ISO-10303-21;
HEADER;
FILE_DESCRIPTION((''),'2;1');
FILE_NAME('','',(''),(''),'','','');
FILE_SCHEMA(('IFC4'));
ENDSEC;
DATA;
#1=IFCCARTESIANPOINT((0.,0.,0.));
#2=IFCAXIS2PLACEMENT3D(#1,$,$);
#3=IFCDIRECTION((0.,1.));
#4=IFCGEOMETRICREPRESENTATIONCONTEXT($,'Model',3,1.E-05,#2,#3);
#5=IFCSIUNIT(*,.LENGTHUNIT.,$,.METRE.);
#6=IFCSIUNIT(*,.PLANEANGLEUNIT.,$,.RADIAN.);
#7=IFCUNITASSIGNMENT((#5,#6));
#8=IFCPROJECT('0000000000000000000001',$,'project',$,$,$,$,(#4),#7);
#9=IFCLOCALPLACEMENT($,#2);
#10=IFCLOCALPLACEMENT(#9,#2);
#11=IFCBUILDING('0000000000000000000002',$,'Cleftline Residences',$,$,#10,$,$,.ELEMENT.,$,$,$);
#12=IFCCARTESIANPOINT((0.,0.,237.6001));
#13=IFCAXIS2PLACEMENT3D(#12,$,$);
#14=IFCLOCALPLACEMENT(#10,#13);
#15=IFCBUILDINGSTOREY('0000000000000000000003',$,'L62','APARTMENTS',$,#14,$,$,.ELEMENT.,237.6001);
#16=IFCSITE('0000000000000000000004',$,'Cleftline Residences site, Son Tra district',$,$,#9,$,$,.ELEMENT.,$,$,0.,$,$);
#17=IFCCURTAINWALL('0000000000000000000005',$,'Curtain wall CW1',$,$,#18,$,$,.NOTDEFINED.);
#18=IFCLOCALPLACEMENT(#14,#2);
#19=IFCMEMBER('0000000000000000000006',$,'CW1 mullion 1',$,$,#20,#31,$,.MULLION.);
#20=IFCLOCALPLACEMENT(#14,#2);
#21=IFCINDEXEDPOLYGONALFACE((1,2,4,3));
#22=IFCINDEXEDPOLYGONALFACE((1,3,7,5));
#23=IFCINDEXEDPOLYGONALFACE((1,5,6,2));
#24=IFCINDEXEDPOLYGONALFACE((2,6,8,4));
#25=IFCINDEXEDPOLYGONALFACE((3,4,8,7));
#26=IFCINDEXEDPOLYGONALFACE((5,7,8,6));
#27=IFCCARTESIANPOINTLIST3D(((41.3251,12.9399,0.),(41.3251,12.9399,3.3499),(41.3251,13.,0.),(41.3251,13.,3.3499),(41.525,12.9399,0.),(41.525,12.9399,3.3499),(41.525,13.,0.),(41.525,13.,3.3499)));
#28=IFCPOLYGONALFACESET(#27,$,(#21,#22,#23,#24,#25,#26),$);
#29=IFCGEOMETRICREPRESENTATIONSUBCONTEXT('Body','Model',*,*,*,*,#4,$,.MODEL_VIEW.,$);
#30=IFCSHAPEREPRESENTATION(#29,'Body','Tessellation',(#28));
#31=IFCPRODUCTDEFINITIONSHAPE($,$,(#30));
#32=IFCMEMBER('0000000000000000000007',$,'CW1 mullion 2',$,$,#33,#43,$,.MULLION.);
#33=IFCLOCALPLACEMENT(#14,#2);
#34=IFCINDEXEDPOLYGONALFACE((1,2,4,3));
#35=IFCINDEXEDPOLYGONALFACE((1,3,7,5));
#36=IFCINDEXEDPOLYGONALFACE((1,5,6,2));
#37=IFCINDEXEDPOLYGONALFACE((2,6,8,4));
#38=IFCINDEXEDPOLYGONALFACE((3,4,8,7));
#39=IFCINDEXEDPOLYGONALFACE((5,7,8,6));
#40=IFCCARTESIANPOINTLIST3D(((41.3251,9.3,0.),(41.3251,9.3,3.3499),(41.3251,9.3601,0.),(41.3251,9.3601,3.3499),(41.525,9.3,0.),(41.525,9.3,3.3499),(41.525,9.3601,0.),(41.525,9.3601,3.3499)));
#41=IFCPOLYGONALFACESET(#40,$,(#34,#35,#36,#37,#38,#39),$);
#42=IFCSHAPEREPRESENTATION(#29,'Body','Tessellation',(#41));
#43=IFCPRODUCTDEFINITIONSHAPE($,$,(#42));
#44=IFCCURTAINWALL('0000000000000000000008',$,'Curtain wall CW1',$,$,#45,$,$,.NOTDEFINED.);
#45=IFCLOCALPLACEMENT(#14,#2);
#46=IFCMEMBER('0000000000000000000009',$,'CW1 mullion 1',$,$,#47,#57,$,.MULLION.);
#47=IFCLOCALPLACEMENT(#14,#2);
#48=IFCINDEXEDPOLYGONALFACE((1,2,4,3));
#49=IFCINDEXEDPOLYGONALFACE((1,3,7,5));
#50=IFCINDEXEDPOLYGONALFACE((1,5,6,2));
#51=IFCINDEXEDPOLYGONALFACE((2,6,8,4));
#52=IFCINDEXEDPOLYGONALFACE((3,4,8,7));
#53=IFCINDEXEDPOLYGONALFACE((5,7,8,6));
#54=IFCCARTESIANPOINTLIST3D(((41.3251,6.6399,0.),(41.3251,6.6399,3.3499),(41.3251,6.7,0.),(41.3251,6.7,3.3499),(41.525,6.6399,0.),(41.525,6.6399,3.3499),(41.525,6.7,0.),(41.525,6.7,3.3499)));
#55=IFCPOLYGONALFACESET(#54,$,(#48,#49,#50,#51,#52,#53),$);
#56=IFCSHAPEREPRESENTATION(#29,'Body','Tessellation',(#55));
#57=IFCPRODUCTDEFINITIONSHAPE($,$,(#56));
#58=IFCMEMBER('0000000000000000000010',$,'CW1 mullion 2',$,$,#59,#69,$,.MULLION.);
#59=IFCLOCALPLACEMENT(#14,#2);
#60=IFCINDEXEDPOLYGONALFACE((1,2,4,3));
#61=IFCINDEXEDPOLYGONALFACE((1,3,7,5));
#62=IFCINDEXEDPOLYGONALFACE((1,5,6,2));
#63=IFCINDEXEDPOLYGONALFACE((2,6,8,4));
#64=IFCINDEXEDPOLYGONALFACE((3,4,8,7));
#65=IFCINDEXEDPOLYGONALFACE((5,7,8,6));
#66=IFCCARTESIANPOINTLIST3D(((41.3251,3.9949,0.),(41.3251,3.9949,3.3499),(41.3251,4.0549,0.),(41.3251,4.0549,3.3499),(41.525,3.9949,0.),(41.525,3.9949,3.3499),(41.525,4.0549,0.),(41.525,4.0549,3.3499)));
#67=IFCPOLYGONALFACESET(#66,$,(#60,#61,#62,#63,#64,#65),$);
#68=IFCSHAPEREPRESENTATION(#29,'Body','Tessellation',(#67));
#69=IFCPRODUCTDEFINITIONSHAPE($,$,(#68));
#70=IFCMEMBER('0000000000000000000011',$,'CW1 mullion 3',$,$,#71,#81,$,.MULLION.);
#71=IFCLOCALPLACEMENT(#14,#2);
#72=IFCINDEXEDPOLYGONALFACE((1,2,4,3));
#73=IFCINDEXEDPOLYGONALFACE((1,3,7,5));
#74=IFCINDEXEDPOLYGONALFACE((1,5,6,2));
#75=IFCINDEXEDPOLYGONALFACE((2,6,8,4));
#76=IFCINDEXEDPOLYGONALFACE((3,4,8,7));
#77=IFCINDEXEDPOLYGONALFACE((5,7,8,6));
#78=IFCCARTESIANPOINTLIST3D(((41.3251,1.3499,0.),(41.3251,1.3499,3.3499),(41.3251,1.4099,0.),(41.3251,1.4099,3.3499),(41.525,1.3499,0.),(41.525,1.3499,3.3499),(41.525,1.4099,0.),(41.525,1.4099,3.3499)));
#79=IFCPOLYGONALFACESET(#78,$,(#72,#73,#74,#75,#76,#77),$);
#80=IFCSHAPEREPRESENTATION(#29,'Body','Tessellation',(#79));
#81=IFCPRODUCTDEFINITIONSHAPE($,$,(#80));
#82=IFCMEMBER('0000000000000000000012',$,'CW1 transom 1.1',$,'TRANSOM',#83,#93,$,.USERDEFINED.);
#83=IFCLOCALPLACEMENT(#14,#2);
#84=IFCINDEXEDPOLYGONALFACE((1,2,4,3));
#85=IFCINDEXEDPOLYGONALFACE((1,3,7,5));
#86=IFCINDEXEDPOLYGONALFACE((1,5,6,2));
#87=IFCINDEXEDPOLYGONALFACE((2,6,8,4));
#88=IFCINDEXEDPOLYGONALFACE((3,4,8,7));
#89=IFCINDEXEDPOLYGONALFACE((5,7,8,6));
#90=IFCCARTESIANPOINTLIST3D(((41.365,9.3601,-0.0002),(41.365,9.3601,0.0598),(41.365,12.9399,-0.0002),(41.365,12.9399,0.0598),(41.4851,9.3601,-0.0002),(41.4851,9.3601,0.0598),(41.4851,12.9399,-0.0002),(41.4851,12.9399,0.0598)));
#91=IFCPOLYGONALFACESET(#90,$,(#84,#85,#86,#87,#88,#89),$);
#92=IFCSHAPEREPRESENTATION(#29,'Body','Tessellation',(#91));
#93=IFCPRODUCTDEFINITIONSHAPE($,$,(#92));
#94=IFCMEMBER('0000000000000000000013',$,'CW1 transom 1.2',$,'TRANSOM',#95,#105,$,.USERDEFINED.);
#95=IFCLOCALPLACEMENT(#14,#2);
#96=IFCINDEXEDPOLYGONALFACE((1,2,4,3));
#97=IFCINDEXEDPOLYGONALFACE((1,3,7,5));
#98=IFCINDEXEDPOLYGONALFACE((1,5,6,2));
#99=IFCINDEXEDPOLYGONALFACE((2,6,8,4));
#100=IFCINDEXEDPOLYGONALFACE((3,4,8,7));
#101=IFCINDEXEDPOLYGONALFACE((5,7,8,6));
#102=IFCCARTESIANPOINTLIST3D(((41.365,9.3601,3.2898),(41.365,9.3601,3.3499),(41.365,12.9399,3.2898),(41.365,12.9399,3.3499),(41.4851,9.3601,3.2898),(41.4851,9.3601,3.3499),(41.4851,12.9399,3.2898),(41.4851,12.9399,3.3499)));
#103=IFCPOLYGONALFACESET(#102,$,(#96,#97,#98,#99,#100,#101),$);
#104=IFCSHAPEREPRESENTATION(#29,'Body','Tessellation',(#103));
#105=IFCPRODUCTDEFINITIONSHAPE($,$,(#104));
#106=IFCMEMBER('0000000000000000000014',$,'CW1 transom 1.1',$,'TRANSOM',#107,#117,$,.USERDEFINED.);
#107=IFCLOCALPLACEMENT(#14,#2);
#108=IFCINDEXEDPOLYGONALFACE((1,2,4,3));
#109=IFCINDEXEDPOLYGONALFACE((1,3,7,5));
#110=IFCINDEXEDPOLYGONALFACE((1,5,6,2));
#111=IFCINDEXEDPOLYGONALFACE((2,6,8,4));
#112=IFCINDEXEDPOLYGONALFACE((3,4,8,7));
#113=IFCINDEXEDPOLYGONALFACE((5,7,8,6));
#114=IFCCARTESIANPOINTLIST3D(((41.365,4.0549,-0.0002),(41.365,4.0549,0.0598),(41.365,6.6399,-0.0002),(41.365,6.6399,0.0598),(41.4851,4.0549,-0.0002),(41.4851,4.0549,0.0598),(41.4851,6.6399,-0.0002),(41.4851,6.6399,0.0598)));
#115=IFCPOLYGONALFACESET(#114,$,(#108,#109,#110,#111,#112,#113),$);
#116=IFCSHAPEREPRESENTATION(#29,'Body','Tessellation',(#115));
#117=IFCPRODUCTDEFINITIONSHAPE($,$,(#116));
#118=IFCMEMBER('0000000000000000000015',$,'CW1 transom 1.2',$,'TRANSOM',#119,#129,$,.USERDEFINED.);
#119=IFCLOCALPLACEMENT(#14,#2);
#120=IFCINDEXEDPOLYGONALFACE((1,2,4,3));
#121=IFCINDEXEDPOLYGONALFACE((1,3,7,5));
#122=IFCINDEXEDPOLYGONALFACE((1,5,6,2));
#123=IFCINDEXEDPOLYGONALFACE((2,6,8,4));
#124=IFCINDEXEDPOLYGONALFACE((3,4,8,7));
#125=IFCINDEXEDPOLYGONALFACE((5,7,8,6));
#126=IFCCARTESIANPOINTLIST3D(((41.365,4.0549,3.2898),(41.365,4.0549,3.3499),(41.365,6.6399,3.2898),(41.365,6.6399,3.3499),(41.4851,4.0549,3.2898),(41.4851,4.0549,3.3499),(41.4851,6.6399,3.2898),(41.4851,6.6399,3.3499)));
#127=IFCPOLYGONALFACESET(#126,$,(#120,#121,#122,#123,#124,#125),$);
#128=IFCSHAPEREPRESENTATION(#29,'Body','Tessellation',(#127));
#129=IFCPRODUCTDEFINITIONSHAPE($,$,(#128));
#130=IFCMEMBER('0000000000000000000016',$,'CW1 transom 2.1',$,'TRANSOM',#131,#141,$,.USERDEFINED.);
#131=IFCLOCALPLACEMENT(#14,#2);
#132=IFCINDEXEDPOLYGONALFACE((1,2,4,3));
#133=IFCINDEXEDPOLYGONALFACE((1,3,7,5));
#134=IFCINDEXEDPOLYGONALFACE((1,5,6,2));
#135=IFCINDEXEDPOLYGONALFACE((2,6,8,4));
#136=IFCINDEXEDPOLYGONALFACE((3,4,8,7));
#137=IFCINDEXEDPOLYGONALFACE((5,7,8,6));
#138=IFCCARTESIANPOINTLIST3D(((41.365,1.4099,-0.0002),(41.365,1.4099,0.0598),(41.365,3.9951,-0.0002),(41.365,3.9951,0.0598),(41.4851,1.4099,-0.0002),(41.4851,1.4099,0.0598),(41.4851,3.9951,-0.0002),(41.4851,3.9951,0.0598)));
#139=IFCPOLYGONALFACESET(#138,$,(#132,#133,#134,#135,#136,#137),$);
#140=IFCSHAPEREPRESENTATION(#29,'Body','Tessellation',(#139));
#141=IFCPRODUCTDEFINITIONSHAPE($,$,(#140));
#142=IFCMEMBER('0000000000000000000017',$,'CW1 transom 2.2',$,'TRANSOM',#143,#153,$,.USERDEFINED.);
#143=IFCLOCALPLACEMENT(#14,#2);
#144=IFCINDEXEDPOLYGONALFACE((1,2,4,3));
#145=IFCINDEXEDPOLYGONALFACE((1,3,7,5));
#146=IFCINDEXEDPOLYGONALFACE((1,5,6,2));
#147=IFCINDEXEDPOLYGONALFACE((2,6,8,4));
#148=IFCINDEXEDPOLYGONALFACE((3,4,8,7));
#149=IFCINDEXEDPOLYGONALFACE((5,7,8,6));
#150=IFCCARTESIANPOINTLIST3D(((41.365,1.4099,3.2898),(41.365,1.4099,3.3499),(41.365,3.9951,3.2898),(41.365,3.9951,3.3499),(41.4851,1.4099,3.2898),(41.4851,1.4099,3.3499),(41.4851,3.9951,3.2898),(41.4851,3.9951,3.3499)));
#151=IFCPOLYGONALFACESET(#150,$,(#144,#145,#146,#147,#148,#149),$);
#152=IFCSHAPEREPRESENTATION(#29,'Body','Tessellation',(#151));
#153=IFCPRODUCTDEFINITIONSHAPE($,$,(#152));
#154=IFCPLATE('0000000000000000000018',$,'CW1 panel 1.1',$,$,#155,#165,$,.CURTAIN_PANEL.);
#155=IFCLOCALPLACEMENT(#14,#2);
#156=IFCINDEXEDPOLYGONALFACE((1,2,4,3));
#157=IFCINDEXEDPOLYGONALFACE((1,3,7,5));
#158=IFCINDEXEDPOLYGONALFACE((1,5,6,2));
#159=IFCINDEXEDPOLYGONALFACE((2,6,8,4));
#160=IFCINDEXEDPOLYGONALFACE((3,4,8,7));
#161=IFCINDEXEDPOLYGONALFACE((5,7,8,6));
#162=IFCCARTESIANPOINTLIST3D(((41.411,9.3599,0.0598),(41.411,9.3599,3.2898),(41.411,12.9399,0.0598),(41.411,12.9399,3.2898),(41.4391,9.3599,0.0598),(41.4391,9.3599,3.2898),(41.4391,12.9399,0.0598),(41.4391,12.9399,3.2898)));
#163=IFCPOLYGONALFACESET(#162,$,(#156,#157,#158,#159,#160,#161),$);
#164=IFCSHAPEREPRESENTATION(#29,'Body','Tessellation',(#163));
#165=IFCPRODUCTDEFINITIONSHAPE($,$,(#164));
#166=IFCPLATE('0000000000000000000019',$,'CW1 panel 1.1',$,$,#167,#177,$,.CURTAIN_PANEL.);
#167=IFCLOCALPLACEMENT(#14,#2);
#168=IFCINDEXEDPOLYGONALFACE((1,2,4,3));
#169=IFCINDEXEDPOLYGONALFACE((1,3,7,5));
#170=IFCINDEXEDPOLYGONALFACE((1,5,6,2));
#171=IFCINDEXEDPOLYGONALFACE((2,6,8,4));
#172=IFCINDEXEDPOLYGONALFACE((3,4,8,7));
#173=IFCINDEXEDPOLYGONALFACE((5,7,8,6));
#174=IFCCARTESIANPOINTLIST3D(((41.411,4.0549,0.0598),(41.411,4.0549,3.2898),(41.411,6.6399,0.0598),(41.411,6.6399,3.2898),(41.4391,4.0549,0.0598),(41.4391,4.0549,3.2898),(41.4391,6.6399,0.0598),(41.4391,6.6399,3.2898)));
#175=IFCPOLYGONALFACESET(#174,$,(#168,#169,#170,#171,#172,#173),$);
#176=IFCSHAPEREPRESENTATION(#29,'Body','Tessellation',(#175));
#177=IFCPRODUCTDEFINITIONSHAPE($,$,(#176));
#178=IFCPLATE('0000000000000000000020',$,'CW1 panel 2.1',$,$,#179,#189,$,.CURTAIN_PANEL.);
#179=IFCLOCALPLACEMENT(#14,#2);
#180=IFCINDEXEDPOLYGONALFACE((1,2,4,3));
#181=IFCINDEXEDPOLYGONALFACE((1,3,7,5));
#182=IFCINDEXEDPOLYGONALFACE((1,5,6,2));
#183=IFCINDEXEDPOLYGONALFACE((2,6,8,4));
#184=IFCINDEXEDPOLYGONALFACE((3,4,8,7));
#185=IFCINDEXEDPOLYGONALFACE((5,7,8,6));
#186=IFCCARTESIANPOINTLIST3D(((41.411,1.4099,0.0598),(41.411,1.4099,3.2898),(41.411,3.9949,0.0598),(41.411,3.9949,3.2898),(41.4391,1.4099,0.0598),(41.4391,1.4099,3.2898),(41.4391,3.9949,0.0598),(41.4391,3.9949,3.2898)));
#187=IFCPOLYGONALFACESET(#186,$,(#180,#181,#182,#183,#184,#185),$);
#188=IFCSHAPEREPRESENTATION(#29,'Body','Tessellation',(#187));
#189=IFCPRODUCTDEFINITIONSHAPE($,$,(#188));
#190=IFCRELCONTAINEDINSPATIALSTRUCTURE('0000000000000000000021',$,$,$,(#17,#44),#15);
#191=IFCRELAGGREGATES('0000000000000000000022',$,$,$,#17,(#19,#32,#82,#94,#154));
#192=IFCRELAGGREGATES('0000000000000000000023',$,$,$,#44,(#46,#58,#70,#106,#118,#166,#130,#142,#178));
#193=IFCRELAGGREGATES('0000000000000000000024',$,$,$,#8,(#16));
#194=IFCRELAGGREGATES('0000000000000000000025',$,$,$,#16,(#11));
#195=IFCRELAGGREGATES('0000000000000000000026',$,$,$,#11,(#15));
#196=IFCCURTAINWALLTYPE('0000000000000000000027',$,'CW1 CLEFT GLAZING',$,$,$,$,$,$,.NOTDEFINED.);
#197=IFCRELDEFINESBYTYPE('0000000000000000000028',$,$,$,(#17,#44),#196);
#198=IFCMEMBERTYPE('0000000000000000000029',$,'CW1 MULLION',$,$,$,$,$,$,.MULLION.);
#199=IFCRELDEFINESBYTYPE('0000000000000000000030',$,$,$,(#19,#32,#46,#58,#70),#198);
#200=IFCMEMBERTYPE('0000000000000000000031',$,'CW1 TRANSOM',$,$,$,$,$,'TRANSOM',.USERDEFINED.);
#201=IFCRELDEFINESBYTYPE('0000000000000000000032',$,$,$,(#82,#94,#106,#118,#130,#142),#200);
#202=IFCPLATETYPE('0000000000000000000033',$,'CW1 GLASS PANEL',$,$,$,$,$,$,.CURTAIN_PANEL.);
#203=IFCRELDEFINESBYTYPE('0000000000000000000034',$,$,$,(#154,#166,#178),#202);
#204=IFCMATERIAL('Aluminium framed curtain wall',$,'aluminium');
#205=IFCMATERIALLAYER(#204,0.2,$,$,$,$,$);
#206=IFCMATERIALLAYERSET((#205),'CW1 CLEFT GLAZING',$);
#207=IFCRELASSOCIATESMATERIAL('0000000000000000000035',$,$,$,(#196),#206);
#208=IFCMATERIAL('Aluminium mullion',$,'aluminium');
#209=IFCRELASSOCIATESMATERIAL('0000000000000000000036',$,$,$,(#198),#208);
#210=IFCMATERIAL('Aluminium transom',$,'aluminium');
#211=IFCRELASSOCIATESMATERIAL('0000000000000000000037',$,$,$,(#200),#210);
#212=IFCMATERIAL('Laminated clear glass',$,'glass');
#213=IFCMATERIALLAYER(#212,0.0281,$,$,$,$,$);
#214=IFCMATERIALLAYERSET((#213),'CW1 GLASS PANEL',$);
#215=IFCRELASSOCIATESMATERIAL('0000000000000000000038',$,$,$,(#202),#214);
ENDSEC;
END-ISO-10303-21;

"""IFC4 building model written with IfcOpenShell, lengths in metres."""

from ifc_helpers import new_model, si_unit, direction, frame, origin, origin_2d, place, context, subcontext, project, spatial, rectangle, extrude, material, layer, layer_set, material_profile, profile_set, type_object, element, aggregate, save


model = new_model("IFC4")

# Units and contexts
model_context = context("Model", 3, precision=1e-05, world=origin(), true_north=direction((0.0, 1.0)))
body_context = subcontext(model_context, "Body", "Model", "MODEL_VIEW")
ifc_project = project(units=[si_unit("LENGTHUNIT", "METRE"), si_unit("PLANEANGLEUNIT", "RADIAN")], contexts=[model_context])

# Site, building, storey
site_placement = place(None, origin())
site = spatial("IfcSite", under=ifc_project, at=site_placement, Name="Cleftline Residences site, Son Tra district", CompositionType="ELEMENT", RefElevation=0.0)
building_placement = place(site_placement, origin())
building = spatial("IfcBuilding", under=site, at=building_placement, Name="Cleftline Residences", CompositionType="ELEMENT")
storey_placement = place(building_placement, frame((0.0, 0.0, 237.6001)))
storey = spatial("IfcBuildingStorey", under=building, at=storey_placement, Name="L62", Description="APARTMENTS", CompositionType="ELEMENT", Elevation=237.6001)

# Curtain walls, members
ifc_material_1 = material(Name="Aluminium framed curtain wall", Category="aluminium")
ifc_layer_1 = layer(ifc_material_1, 0.2)
ifc_layer_set_1 = layer_set([ifc_layer_1], Name="CW1 CLEFT GLAZING")
curtain_wall_type = type_object("IfcCurtainWallType", Name="CW1 CLEFT GLAZING", PredefinedType="NOTDEFINED", material=ifc_layer_set_1)
curtain_wall_1_placement = place(storey_placement, origin())
curtain_wall_1 = element("IfcCurtainWall", 1, at=curtain_wall_1_placement, inside=storey, type_object=curtain_wall_type, Name="Curtain wall CW1", PredefinedType="NOTDEFINED")
ifc_material_2 = material(Name="Aluminium mullion", Category="aluminium")
ifc_material_profile_1 = material_profile(ifc_material_2, rectangle(XDim=0.2, YDim=0.0601, at=origin_2d()))
ifc_profile_set_1 = profile_set([ifc_material_profile_1], Name="Aluminium mullion")
member_type_1 = type_object("IfcMemberType", Name="CW1 MULLION", PredefinedType="MULLION", material=ifc_profile_set_1)
member_1_placement = place(storey_placement, frame((41.425, 12.97, 0.0), z_axis=(0.0, 0.0, 1.0), x_axis=(1.0, 0.0, 0.0)))
member_1 = element("IfcMember", 2, at=member_1_placement, type_object=member_type_1, Name="CW1 mullion 1", PredefinedType="MULLION", context=body_context, shape_type="SweptSolid", body=[
    extrude(rectangle(XDim=0.2, YDim=0.0601, at=origin_2d()), origin(), (0.0, 0.0, 1.0), 3.3499),
])
member_2_placement = place(storey_placement, frame((41.425, 9.3301, 0.0), z_axis=(0.0, 0.0, 1.0), x_axis=(1.0, 0.0, 0.0)))
member_2 = element("IfcMember", 3, at=member_2_placement, type_object=member_type_1, Name="CW1 mullion 2", PredefinedType="MULLION", context=body_context, shape_type="SweptSolid", body=[
    extrude(rectangle(XDim=0.2, YDim=0.0601, at=origin_2d()), origin(), (0.0, 0.0, 1.0), 3.3499),
])
curtain_wall_2_placement = place(storey_placement, origin())
curtain_wall_2 = element("IfcCurtainWall", 4, at=curtain_wall_2_placement, inside=storey, type_object=curtain_wall_type, Name="Curtain wall CW1", PredefinedType="NOTDEFINED")
member_3_placement = place(storey_placement, frame((41.425, 6.6699, 0.0), z_axis=(0.0, 0.0, 1.0), x_axis=(1.0, 0.0, 0.0)))
member_3 = element("IfcMember", 5, at=member_3_placement, type_object=member_type_1, Name="CW1 mullion 1", PredefinedType="MULLION", context=body_context, shape_type="SweptSolid", body=[
    extrude(rectangle(XDim=0.2, YDim=0.0601, at=origin_2d()), origin(), (0.0, 0.0, 1.0), 3.3499),
])
member_4_placement = place(storey_placement, frame((41.425, 4.0249, 0.0), z_axis=(0.0, 0.0, 1.0), x_axis=(1.0, 0.0, 0.0)))
member_4 = element("IfcMember", 6, at=member_4_placement, type_object=member_type_1, Name="CW1 mullion 2", PredefinedType="MULLION", context=body_context, shape_type="SweptSolid", body=[
    extrude(rectangle(XDim=0.2, YDim=0.0601, at=origin_2d()), origin(), (0.0, 0.0, 1.0), 3.3499),
])
member_5_placement = place(storey_placement, frame((41.425, 1.3799, 0.0), z_axis=(0.0, 0.0, 1.0), x_axis=(1.0, 0.0, 0.0)))
member_5 = element("IfcMember", 7, at=member_5_placement, type_object=member_type_1, Name="CW1 mullion 3", PredefinedType="MULLION", context=body_context, shape_type="SweptSolid", body=[
    extrude(rectangle(XDim=0.2, YDim=0.0601, at=origin_2d()), origin(), (0.0, 0.0, 1.0), 3.3499),
])

# Members
ifc_material_3 = material(Name="Aluminium transom", Category="aluminium")
ifc_material_profile_2 = material_profile(ifc_material_3, rectangle(XDim=0.1201, YDim=0.0601, at=origin_2d()))
ifc_profile_set_2 = profile_set([ifc_material_profile_2], Name="Aluminium transom")
member_type_2 = type_object("IfcMemberType", Name="CW1 TRANSOM", ElementType="TRANSOM", PredefinedType="USERDEFINED", material=ifc_profile_set_2)
member_6_placement = place(storey_placement, frame((41.425, 12.9399, 0.0298), z_axis=(0.0, -1.0, 0.0), x_axis=(1.0, 0.0, 0.0)))
member_6 = element("IfcMember", 8, at=member_6_placement, type_object=member_type_2, Name="CW1 transom 1.1", ObjectType="TRANSOM", PredefinedType="USERDEFINED", context=body_context, shape_type="SweptSolid", body=[
    extrude(rectangle(XDim=0.1201, YDim=0.0601, at=origin_2d()), origin(), (0.0, 0.0, 1.0), 3.5798),
])
member_7_placement = place(storey_placement, frame((41.425, 12.9399, 3.3198), z_axis=(0.0, -1.0, 0.0), x_axis=(1.0, 0.0, 0.0)))
member_7 = element("IfcMember", 9, at=member_7_placement, type_object=member_type_2, Name="CW1 transom 1.2", ObjectType="TRANSOM", PredefinedType="USERDEFINED", context=body_context, shape_type="SweptSolid", body=[
    extrude(rectangle(XDim=0.1201, YDim=0.0601, at=origin_2d()), origin(), (0.0, 0.0, 1.0), 3.5798),
])
member_8_placement = place(storey_placement, frame((41.425, 6.6399, 0.0298), z_axis=(0.0, -1.0, 0.0), x_axis=(1.0, 0.0, 0.0)))
member_8 = element("IfcMember", 10, at=member_8_placement, type_object=member_type_2, Name="CW1 transom 1.1", ObjectType="TRANSOM", PredefinedType="USERDEFINED", context=body_context, shape_type="SweptSolid", body=[
    extrude(rectangle(XDim=0.1201, YDim=0.0601, at=origin_2d()), origin(), (0.0, 0.0, 1.0), 2.585),
])
member_9_placement = place(storey_placement, frame((41.425, 6.6399, 3.3198), z_axis=(0.0, -1.0, 0.0), x_axis=(1.0, 0.0, 0.0)))
member_9 = element("IfcMember", 11, at=member_9_placement, type_object=member_type_2, Name="CW1 transom 1.2", ObjectType="TRANSOM", PredefinedType="USERDEFINED", context=body_context, shape_type="SweptSolid", body=[
    extrude(rectangle(XDim=0.1201, YDim=0.0601, at=origin_2d()), origin(), (0.0, 0.0, 1.0), 2.585),
])
member_10_placement = place(storey_placement, frame((41.425, 3.9951, 0.0298), z_axis=(0.0, -1.0, 0.0), x_axis=(1.0, 0.0, 0.0)))
member_10 = element("IfcMember", 12, at=member_10_placement, type_object=member_type_2, Name="CW1 transom 2.1", ObjectType="TRANSOM", PredefinedType="USERDEFINED", context=body_context, shape_type="SweptSolid", body=[
    extrude(rectangle(XDim=0.1201, YDim=0.0601, at=origin_2d()), origin(), (0.0, 0.0, 1.0), 2.5852),
])
member_11_placement = place(storey_placement, frame((41.425, 3.9951, 3.3198), z_axis=(0.0, -1.0, 0.0), x_axis=(1.0, 0.0, 0.0)))
member_11 = element("IfcMember", 13, at=member_11_placement, type_object=member_type_2, Name="CW1 transom 2.2", ObjectType="TRANSOM", PredefinedType="USERDEFINED", context=body_context, shape_type="SweptSolid", body=[
    extrude(rectangle(XDim=0.1201, YDim=0.0601, at=origin_2d()), origin(), (0.0, 0.0, 1.0), 2.5852),
])

# Plates
ifc_material_4 = material(Name="Laminated clear glass", Category="glass")
ifc_layer_2 = layer(ifc_material_4, 0.0281)
ifc_layer_set_2 = layer_set([ifc_layer_2], Name="CW1 GLASS PANEL")
plate_type = type_object("IfcPlateType", Name="CW1 GLASS PANEL", PredefinedType="CURTAIN_PANEL", material=ifc_layer_set_2)
plate_1_placement = place(storey_placement, frame((41.425, 11.1499, 0.0598), z_axis=(0.0, 0.0, 1.0), x_axis=(0.0, -1.0, 0.0)))
plate_1 = element("IfcPlate", 14, at=plate_1_placement, type_object=plate_type, Name="CW1 panel 1.1", PredefinedType="CURTAIN_PANEL", context=body_context, shape_type="SweptSolid", body=[
    extrude(rectangle(XDim=3.5801, YDim=0.0281, at=origin_2d()), origin(), (0.0, 0.0, 1.0), 3.23),
])
aggregate(curtain_wall_1, [member_1, member_2, member_6, member_7, plate_1])
plate_2_placement = place(storey_placement, frame((41.425, 5.3474, 0.0598), z_axis=(0.0, 0.0, 1.0), x_axis=(0.0, -1.0, 0.0)))
plate_2 = element("IfcPlate", 15, at=plate_2_placement, type_object=plate_type, Name="CW1 panel 1.1", PredefinedType="CURTAIN_PANEL", context=body_context, shape_type="SweptSolid", body=[
    extrude(rectangle(XDim=2.585, YDim=0.0281, at=origin_2d()), origin(), (0.0, 0.0, 1.0), 3.23),
])
plate_3_placement = place(storey_placement, frame((41.425, 2.7024, 0.0598), z_axis=(0.0, 0.0, 1.0), x_axis=(0.0, -1.0, 0.0)))
plate_3 = element("IfcPlate", 16, at=plate_3_placement, type_object=plate_type, Name="CW1 panel 2.1", PredefinedType="CURTAIN_PANEL", context=body_context, shape_type="SweptSolid", body=[
    extrude(rectangle(XDim=2.585, YDim=0.0281, at=origin_2d()), origin(), (0.0, 0.0, 1.0), 3.23),
])
aggregate(curtain_wall_2, [member_3, member_4, member_5, member_8, member_9, plate_2, member_10, member_11, plate_3])

save(model, "model.ifc")
